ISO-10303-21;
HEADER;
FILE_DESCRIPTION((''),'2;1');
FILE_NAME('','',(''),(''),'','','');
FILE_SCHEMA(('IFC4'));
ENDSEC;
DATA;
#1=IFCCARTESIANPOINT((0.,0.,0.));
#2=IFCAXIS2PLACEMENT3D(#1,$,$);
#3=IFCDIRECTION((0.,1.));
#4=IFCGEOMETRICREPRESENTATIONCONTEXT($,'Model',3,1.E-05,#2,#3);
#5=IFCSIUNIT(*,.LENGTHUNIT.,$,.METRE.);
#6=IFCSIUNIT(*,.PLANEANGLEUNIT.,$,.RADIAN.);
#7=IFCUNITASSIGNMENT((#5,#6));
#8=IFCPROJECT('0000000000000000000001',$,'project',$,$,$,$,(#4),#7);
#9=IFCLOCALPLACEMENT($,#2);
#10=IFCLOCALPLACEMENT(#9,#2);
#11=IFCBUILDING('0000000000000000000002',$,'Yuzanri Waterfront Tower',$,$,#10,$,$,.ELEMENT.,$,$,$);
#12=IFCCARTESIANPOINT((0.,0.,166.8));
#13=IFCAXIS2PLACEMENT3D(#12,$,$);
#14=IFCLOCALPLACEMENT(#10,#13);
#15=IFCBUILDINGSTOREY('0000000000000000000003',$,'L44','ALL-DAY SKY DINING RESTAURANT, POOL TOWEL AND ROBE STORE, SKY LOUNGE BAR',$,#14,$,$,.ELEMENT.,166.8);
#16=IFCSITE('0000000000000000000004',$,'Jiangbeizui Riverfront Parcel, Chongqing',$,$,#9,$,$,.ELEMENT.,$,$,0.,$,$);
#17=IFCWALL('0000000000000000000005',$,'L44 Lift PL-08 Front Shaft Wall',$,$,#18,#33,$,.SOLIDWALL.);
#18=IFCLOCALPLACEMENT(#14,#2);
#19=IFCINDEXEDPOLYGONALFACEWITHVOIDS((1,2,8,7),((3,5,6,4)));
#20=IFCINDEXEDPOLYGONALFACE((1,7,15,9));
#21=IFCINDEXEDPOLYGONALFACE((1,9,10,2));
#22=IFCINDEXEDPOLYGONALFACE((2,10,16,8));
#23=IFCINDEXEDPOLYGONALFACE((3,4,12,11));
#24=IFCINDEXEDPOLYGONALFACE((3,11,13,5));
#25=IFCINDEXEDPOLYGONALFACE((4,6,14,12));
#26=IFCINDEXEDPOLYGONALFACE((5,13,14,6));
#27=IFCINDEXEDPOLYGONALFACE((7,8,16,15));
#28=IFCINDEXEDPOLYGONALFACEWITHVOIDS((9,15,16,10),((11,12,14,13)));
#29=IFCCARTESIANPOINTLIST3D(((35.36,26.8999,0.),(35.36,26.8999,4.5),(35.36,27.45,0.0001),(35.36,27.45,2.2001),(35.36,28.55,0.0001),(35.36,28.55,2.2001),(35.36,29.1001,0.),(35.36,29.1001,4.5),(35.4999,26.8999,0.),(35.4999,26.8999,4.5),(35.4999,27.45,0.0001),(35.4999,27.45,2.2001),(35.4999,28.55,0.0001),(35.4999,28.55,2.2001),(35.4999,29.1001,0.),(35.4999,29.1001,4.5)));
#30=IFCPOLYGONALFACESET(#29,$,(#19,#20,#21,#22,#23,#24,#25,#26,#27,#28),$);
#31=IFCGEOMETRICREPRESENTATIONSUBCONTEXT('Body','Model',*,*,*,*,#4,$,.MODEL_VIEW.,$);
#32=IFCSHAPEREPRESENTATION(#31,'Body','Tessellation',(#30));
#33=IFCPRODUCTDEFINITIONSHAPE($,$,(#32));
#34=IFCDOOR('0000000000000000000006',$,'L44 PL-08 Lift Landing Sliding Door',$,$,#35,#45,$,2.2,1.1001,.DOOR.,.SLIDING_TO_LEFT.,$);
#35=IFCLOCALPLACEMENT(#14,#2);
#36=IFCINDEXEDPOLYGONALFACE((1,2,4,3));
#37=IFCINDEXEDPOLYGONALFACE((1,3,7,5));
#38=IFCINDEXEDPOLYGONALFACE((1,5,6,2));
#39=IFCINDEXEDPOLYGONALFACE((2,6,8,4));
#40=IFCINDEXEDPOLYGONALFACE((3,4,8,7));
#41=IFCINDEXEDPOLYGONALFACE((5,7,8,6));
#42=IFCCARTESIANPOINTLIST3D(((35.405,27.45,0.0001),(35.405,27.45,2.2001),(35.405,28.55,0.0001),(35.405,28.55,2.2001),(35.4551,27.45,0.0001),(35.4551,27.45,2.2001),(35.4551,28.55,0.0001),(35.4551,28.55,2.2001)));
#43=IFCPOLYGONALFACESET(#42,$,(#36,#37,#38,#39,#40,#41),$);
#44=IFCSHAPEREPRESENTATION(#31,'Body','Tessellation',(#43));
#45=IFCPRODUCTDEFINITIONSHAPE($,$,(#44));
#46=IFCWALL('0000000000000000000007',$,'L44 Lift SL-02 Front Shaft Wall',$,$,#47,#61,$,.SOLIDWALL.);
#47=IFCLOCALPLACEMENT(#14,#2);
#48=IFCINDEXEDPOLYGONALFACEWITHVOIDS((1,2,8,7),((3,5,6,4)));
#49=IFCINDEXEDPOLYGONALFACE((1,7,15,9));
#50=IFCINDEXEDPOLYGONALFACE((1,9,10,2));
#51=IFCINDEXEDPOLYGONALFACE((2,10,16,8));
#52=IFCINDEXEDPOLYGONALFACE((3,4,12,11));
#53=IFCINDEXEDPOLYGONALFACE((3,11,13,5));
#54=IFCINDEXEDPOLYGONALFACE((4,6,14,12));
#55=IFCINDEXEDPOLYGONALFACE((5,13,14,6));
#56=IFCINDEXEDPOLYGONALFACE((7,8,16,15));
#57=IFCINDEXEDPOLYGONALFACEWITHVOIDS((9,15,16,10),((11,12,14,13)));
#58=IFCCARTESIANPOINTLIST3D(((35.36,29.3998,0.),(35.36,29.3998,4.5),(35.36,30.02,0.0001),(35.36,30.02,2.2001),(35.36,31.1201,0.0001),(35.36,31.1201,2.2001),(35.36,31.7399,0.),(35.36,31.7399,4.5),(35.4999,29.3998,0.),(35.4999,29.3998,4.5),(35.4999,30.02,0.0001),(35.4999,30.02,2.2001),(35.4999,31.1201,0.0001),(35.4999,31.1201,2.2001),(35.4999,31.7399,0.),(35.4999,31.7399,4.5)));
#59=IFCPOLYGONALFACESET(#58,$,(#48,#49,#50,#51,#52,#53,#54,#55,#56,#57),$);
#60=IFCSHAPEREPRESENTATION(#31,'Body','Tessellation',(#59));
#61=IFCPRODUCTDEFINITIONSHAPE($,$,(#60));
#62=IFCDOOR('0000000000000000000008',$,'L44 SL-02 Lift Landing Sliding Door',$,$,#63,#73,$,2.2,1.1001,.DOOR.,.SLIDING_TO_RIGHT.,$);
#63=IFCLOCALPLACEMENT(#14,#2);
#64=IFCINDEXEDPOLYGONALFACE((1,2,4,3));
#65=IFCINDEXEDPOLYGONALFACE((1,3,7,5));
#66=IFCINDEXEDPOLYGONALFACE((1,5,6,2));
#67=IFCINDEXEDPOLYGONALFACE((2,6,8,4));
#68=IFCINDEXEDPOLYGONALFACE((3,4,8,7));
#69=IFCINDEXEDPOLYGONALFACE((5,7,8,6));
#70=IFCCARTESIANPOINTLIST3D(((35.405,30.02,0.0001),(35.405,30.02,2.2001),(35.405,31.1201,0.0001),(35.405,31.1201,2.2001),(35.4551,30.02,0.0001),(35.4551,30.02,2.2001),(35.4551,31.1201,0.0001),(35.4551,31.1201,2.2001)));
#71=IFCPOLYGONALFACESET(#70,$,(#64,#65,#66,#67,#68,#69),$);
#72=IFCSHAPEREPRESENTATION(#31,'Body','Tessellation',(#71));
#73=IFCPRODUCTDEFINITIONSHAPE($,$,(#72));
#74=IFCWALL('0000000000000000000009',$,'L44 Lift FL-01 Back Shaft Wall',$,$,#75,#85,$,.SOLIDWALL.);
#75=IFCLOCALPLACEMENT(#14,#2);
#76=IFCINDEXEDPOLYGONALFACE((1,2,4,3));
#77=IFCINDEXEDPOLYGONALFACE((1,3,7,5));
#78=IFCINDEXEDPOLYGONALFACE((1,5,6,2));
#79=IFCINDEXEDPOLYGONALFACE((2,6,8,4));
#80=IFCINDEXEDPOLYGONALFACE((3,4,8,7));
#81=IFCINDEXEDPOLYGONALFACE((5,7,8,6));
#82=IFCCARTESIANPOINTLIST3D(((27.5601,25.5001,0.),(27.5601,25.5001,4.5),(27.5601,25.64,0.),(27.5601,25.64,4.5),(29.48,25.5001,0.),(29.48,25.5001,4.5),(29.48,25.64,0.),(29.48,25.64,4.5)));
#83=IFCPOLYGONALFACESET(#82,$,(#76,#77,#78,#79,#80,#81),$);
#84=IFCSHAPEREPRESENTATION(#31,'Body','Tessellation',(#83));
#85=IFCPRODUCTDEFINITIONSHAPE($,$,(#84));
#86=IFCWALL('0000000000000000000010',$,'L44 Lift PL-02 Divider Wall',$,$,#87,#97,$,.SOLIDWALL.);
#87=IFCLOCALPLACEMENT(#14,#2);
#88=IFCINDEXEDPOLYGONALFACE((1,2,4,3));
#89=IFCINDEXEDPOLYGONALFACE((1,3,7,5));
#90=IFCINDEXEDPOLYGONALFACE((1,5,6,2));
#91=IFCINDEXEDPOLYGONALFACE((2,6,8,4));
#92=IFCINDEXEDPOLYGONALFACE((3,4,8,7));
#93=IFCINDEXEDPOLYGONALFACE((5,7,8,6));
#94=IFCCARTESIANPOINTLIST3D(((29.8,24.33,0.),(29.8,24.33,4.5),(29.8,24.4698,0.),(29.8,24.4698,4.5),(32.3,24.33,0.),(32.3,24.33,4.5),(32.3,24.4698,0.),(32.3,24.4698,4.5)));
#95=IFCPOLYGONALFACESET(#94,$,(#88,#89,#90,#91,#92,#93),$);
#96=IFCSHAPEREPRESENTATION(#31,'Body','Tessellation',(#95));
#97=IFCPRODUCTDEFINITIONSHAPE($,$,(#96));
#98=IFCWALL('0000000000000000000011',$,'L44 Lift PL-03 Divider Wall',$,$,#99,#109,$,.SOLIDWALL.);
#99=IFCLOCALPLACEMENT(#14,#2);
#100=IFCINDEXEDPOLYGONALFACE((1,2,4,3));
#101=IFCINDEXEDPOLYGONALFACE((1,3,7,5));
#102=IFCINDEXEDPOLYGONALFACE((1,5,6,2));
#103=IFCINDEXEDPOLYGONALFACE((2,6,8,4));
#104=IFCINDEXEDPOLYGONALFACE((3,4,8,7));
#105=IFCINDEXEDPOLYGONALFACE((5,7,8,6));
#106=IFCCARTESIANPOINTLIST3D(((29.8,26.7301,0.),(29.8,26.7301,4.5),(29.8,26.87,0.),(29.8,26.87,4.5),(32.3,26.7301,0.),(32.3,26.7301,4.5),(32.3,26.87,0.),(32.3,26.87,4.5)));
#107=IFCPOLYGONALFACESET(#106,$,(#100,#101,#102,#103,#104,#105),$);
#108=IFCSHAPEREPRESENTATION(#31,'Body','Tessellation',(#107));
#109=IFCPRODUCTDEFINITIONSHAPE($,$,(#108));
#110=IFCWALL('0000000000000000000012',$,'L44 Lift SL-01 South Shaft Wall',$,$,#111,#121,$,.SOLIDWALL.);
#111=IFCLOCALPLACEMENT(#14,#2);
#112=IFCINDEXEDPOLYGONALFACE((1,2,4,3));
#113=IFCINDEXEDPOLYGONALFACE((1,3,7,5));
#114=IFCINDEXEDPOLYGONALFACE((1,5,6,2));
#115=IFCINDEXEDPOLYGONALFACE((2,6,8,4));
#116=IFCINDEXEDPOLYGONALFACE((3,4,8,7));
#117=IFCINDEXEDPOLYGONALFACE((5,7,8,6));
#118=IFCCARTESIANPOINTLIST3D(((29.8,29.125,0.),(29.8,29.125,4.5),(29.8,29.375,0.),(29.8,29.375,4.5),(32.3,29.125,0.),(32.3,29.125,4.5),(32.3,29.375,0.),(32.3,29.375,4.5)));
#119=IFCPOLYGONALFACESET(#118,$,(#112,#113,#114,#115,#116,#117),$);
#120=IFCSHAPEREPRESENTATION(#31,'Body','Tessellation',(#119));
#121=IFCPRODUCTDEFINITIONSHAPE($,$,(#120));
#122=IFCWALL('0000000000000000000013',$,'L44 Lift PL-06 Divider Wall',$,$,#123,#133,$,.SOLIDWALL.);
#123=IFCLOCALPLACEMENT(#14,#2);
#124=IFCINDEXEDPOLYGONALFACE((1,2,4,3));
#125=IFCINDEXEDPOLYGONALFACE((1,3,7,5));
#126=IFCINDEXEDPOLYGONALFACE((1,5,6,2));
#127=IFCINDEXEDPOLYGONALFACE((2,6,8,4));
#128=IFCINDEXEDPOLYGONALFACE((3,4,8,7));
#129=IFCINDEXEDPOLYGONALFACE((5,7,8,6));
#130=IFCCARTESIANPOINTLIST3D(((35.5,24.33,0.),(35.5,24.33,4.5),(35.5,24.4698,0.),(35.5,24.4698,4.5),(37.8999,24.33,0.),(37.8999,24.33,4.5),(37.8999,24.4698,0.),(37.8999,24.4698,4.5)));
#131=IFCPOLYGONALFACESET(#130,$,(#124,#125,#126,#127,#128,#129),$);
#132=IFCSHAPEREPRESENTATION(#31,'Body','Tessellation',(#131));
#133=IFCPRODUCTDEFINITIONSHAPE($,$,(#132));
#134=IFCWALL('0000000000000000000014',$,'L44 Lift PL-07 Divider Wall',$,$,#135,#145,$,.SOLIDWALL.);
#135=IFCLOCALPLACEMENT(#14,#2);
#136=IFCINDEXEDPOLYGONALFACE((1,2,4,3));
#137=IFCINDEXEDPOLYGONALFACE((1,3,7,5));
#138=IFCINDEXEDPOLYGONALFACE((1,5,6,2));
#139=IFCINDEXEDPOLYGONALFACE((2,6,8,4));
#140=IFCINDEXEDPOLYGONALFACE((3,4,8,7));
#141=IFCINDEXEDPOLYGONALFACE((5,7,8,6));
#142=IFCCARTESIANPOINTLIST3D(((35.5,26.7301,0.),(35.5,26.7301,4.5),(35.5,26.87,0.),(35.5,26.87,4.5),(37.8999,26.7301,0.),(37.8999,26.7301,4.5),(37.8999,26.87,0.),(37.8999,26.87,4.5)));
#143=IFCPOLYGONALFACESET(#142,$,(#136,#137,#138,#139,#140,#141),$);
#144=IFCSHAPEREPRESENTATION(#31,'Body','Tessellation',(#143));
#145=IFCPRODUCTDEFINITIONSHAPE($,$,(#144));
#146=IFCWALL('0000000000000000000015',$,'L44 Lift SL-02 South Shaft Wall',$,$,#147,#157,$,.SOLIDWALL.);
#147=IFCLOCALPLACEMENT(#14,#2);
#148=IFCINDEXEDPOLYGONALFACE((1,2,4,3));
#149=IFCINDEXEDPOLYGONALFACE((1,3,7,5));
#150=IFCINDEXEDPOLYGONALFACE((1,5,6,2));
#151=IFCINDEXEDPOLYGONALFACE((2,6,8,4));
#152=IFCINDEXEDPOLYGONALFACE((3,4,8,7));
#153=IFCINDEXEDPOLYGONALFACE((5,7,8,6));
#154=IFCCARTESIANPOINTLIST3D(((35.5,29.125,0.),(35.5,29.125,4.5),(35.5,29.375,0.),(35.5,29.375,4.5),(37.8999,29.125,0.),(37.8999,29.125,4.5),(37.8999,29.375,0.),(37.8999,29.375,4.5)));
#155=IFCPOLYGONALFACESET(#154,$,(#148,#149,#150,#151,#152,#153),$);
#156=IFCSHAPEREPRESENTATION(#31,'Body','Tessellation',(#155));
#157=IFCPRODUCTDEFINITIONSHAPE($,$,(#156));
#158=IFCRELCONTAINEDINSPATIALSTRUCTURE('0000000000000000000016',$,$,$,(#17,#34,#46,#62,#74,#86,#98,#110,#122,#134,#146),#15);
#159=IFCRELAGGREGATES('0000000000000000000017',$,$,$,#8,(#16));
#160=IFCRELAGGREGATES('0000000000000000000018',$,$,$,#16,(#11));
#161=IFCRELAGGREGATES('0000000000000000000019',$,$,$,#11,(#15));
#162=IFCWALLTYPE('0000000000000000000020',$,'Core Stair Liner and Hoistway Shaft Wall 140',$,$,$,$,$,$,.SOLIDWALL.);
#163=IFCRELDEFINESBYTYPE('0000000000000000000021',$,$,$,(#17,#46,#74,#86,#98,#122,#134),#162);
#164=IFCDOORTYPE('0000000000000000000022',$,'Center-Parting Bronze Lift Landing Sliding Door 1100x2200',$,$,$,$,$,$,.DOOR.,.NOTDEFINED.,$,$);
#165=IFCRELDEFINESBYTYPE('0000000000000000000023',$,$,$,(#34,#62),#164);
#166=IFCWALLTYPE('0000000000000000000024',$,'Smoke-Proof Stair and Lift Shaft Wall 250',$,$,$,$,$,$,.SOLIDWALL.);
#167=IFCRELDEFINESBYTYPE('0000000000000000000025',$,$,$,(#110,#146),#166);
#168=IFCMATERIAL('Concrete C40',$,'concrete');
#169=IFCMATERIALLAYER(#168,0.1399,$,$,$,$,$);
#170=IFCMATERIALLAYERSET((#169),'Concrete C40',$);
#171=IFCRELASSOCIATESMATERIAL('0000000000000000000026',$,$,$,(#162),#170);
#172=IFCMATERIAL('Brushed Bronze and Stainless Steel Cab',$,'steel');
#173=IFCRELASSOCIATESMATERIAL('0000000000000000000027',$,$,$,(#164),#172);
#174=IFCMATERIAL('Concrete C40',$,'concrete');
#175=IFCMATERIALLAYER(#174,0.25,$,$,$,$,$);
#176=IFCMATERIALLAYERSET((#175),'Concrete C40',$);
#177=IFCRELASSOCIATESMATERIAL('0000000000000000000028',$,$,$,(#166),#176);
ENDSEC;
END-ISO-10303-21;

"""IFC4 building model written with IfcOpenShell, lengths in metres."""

from ifc_helpers import new_model, si_unit, direction, frame, frame_2d, origin, place, context, subcontext, project, spatial, rectangle, extrude, source, transform, mapped, material, layer, layer_set, type_object, element, fill, save


model = new_model("IFC4")

# Units and contexts
model_context = context("Model", 3, precision=1e-05, world=origin(), true_north=direction((0.0, 1.0)))
body_context = subcontext(model_context, "Body", "Model", "MODEL_VIEW")
ifc_project = project(units=[si_unit("LENGTHUNIT", "METRE"), si_unit("PLANEANGLEUNIT", "RADIAN")], contexts=[model_context])

# Site, building, storey
site_placement = place(None, origin())
site = spatial("IfcSite", under=ifc_project, at=site_placement, Name="Jiangbeizui Riverfront Parcel, Chongqing", CompositionType="ELEMENT", RefElevation=0.0)
building_placement = place(site_placement, origin())
building = spatial("IfcBuilding", under=site, at=building_placement, Name="Yuzanri Waterfront Tower", CompositionType="ELEMENT")
storey_placement = place(building_placement, frame((0.0, 0.0, 166.8)))
storey = spatial("IfcBuildingStorey", under=building, at=storey_placement, Name="L44", Description="ALL-DAY SKY DINING RESTAURANT, POOL TOWEL AND ROBE STORE, SKY LOUNGE BAR", CompositionType="ELEMENT", Elevation=166.8)

# Walls, openings, doors
ifc_material_1 = material(Name="Concrete C40", Category="concrete")
ifc_layer_1 = layer(ifc_material_1, 0.1399)
ifc_layer_set_1 = layer_set([ifc_layer_1], Name="Concrete C40")
wall_type_1 = type_object("IfcWallType", Name="Core Stair Liner and Hoistway Shaft Wall 140", PredefinedType="SOLIDWALL", material=ifc_layer_set_1)
ifc_material_2 = material(Name="Brushed Bronze and Stainless Steel Cab", Category="steel")
door_type_1 = type_object("IfcDoorType", Name="Center-Parting Bronze Lift Landing Sliding Door 1100x2200", OperationType="NOTDEFINED", PredefinedType="DOOR", material=ifc_material_2)
shared_shape_1 = source(origin(), body_context, "Body", "SweptSolid", [
    extrude(rectangle(XDim=1.1001, YDim=2.2, at=frame_2d((0.55, 1.1001))), frame((0.0, 0.0249, 0.0), z_axis=(0.0, -1.0, 0.0), x_axis=(1.0, 0.0, 0.0)), (0.0, 0.0, 1.0), 0.05),
])
wall_1_placement = place(storey_placement, frame((35.4299, 26.8999, 0.0), z_axis=(0.0, 0.0, 1.0), x_axis=(0.0, 1.0, 0.0)))
wall_1 = element("IfcWall", 1, at=wall_1_placement, inside=storey, type_object=wall_type_1, Name="L44 Lift PL-08 Front Shaft Wall", PredefinedType="SOLIDWALL", context=body_context, shape_type="SweptSolid", body=[
    extrude(rectangle(XDim=2.2002, YDim=0.1399, at=frame_2d((1.1001, 0.0))), origin(), (0.0, 0.0, 1.0), 4.5),
])
opening_1_placement = place(wall_1_placement, frame((0.55, 0.0, 0.0)))
opening_1 = element("IfcOpeningElement", 2, at=opening_1_placement, cuts=wall_1, PredefinedType="OPENING", context=body_context, shape_type="SweptSolid", body=[
    extrude(rectangle(XDim=1.1001, YDim=2.2, at=frame_2d((0.55, 1.1001))), frame((0.0, 0.085, 0.0), z_axis=(0.0, -1.0, 0.0), x_axis=(1.0, 0.0, 0.0)), (0.0, 0.0, 1.0), 0.1697),
])
door_1_placement = place(opening_1_placement, origin())
door_1 = element("IfcDoor", 3, at=door_1_placement, inside=storey, type_object=door_type_1, Name="L44 PL-08 Lift Landing Sliding Door", OperationType="SLIDING_TO_LEFT", OverallHeight=2.2, OverallWidth=1.1001, PredefinedType="DOOR", context=body_context, shape_type="MappedRepresentation", body=[
    mapped(shared_shape_1, transform((0.0, 0.0, 0.0), scale=1.0)),
])
fill(opening_1, door_1)
wall_2_placement = place(storey_placement, frame((35.4299, 29.3999, 0.0), z_axis=(0.0, 0.0, 1.0), x_axis=(0.0, 1.0, 0.0)))
wall_2 = element("IfcWall", 4, at=wall_2_placement, inside=storey, type_object=wall_type_1, Name="L44 Lift SL-02 Front Shaft Wall", PredefinedType="SOLIDWALL", context=body_context, shape_type="SweptSolid", body=[
    extrude(rectangle(XDim=2.3401, YDim=0.1399, at=frame_2d((1.1699, 0.0))), origin(), (0.0, 0.0, 1.0), 4.5),
])
opening_2_placement = place(wall_2_placement, frame((0.6201, 0.0, 0.0)))
opening_2 = element("IfcOpeningElement", 5, at=opening_2_placement, cuts=wall_2, PredefinedType="OPENING", context=body_context, shape_type="SweptSolid", body=[
    extrude(rectangle(XDim=1.1001, YDim=2.2, at=frame_2d((0.55, 1.1001))), frame((0.0, 0.085, 0.0), z_axis=(0.0, -1.0, 0.0), x_axis=(1.0, 0.0, 0.0)), (0.0, 0.0, 1.0), 0.1697),
])
door_2_placement = place(opening_2_placement, origin())
door_2 = element("IfcDoor", 6, at=door_2_placement, inside=storey, type_object=door_type_1, Name="L44 SL-02 Lift Landing Sliding Door", OperationType="SLIDING_TO_RIGHT", OverallHeight=2.2, OverallWidth=1.1001, PredefinedType="DOOR", context=body_context, shape_type="MappedRepresentation", body=[
    mapped(shared_shape_1, transform((0.0, 0.0, 0.0), scale=1.0)),
])
fill(opening_2, door_2)

# Walls
shared_shape_2 = source(origin(), body_context, "Body", "SweptSolid", [
    extrude(rectangle(XDim=1.9199, YDim=0.1399, at=frame_2d((0.96, 0.0))), origin(), (0.0, 0.0, 1.0), 4.5),
])
wall_3_placement = place(storey_placement, frame((27.5601, 25.5701, 0.0), z_axis=(0.0, 0.0, 1.0), x_axis=(1.0, 0.0, 0.0)))
element("IfcWall", 7, at=wall_3_placement, inside=storey, type_object=wall_type_1, Name="L44 Lift FL-01 Back Shaft Wall", PredefinedType="SOLIDWALL", context=body_context, shape_type="MappedRepresentation", body=[
    mapped(shared_shape_2, transform((0.0, 0.0, 0.0), scale=1.0)),
])
shared_shape_3 = source(origin(), body_context, "Body", "SweptSolid", [
    extrude(rectangle(XDim=2.5, YDim=0.1399, at=frame_2d((1.25, 0.0))), origin(), (0.0, 0.0, 1.0), 4.5),
])
for number, where, z_axis, x_axis, name in (
    (8, (29.8, 24.3999, 0.0), (0.0, 0.0, 1.0), (1.0, 0.0, 0.0), "L44 Lift PL-02 Divider Wall"),
    (9, (29.8, 26.8, 0.0), (0.0, 0.0, 1.0), (1.0, 0.0, 0.0), "L44 Lift PL-03 Divider Wall"),
):
    element("IfcWall", number, at=place(storey_placement, frame(where, z_axis=z_axis, x_axis=x_axis)), inside=storey, type_object=wall_type_1, Name=name, PredefinedType="SOLIDWALL", context=body_context, shape_type="MappedRepresentation", body=[
        mapped(shared_shape_3, transform((0.0, 0.0, 0.0), scale=1.0)),
    ])
ifc_material_3 = material(Name="Concrete C40", Category="concrete")
ifc_layer_2 = layer(ifc_material_3, 0.25)
ifc_layer_set_2 = layer_set([ifc_layer_2], Name="Concrete C40")
wall_type_2 = type_object("IfcWallType", Name="Smoke-Proof Stair and Lift Shaft Wall 250", PredefinedType="SOLIDWALL", material=ifc_layer_set_2)
shared_shape_4 = source(origin(), body_context, "Body", "SweptSolid", [
    extrude(rectangle(XDim=2.5, YDim=0.25, at=frame_2d((1.25, 0.0))), origin(), (0.0, 0.0, 1.0), 4.5),
])
wall_4_placement = place(storey_placement, frame((29.8, 29.25, 0.0), z_axis=(0.0, 0.0, 1.0), x_axis=(1.0, 0.0, 0.0)))
element("IfcWall", 10, at=wall_4_placement, inside=storey, type_object=wall_type_2, Name="L44 Lift SL-01 South Shaft Wall", PredefinedType="SOLIDWALL", context=body_context, shape_type="MappedRepresentation", body=[
    mapped(shared_shape_4, transform((0.0, 0.0, 0.0), scale=1.0)),
])
shared_shape_5 = source(origin(), body_context, "Body", "SweptSolid", [
    extrude(rectangle(XDim=2.3999, YDim=0.1399, at=frame_2d((1.2, 0.0))), origin(), (0.0, 0.0, 1.0), 4.5),
])
for number, where, z_axis, x_axis, name in (
    (11, (35.5, 24.3999, 0.0), (0.0, 0.0, 1.0), (1.0, 0.0, 0.0), "L44 Lift PL-06 Divider Wall"),
    (12, (35.5, 26.8, 0.0), (0.0, 0.0, 1.0), (1.0, 0.0, 0.0), "L44 Lift PL-07 Divider Wall"),
):
    element("IfcWall", number, at=place(storey_placement, frame(where, z_axis=z_axis, x_axis=x_axis)), inside=storey, type_object=wall_type_1, Name=name, PredefinedType="SOLIDWALL", context=body_context, shape_type="MappedRepresentation", body=[
        mapped(shared_shape_5, transform((0.0, 0.0, 0.0), scale=1.0)),
    ])
shared_shape_6 = source(origin(), body_context, "Body", "SweptSolid", [
    extrude(rectangle(XDim=2.3999, YDim=0.25, at=frame_2d((1.2, 0.0))), origin(), (0.0, 0.0, 1.0), 4.5),
])
wall_5_placement = place(storey_placement, frame((35.5, 29.25, 0.0), z_axis=(0.0, 0.0, 1.0), x_axis=(1.0, 0.0, 0.0)))
element("IfcWall", 13, at=wall_5_placement, inside=storey, type_object=wall_type_2, Name="L44 Lift SL-02 South Shaft Wall", PredefinedType="SOLIDWALL", context=body_context, shape_type="MappedRepresentation", body=[
    mapped(shared_shape_6, transform((0.0, 0.0, 0.0), scale=1.0)),
])

save(model, "model.ifc")
